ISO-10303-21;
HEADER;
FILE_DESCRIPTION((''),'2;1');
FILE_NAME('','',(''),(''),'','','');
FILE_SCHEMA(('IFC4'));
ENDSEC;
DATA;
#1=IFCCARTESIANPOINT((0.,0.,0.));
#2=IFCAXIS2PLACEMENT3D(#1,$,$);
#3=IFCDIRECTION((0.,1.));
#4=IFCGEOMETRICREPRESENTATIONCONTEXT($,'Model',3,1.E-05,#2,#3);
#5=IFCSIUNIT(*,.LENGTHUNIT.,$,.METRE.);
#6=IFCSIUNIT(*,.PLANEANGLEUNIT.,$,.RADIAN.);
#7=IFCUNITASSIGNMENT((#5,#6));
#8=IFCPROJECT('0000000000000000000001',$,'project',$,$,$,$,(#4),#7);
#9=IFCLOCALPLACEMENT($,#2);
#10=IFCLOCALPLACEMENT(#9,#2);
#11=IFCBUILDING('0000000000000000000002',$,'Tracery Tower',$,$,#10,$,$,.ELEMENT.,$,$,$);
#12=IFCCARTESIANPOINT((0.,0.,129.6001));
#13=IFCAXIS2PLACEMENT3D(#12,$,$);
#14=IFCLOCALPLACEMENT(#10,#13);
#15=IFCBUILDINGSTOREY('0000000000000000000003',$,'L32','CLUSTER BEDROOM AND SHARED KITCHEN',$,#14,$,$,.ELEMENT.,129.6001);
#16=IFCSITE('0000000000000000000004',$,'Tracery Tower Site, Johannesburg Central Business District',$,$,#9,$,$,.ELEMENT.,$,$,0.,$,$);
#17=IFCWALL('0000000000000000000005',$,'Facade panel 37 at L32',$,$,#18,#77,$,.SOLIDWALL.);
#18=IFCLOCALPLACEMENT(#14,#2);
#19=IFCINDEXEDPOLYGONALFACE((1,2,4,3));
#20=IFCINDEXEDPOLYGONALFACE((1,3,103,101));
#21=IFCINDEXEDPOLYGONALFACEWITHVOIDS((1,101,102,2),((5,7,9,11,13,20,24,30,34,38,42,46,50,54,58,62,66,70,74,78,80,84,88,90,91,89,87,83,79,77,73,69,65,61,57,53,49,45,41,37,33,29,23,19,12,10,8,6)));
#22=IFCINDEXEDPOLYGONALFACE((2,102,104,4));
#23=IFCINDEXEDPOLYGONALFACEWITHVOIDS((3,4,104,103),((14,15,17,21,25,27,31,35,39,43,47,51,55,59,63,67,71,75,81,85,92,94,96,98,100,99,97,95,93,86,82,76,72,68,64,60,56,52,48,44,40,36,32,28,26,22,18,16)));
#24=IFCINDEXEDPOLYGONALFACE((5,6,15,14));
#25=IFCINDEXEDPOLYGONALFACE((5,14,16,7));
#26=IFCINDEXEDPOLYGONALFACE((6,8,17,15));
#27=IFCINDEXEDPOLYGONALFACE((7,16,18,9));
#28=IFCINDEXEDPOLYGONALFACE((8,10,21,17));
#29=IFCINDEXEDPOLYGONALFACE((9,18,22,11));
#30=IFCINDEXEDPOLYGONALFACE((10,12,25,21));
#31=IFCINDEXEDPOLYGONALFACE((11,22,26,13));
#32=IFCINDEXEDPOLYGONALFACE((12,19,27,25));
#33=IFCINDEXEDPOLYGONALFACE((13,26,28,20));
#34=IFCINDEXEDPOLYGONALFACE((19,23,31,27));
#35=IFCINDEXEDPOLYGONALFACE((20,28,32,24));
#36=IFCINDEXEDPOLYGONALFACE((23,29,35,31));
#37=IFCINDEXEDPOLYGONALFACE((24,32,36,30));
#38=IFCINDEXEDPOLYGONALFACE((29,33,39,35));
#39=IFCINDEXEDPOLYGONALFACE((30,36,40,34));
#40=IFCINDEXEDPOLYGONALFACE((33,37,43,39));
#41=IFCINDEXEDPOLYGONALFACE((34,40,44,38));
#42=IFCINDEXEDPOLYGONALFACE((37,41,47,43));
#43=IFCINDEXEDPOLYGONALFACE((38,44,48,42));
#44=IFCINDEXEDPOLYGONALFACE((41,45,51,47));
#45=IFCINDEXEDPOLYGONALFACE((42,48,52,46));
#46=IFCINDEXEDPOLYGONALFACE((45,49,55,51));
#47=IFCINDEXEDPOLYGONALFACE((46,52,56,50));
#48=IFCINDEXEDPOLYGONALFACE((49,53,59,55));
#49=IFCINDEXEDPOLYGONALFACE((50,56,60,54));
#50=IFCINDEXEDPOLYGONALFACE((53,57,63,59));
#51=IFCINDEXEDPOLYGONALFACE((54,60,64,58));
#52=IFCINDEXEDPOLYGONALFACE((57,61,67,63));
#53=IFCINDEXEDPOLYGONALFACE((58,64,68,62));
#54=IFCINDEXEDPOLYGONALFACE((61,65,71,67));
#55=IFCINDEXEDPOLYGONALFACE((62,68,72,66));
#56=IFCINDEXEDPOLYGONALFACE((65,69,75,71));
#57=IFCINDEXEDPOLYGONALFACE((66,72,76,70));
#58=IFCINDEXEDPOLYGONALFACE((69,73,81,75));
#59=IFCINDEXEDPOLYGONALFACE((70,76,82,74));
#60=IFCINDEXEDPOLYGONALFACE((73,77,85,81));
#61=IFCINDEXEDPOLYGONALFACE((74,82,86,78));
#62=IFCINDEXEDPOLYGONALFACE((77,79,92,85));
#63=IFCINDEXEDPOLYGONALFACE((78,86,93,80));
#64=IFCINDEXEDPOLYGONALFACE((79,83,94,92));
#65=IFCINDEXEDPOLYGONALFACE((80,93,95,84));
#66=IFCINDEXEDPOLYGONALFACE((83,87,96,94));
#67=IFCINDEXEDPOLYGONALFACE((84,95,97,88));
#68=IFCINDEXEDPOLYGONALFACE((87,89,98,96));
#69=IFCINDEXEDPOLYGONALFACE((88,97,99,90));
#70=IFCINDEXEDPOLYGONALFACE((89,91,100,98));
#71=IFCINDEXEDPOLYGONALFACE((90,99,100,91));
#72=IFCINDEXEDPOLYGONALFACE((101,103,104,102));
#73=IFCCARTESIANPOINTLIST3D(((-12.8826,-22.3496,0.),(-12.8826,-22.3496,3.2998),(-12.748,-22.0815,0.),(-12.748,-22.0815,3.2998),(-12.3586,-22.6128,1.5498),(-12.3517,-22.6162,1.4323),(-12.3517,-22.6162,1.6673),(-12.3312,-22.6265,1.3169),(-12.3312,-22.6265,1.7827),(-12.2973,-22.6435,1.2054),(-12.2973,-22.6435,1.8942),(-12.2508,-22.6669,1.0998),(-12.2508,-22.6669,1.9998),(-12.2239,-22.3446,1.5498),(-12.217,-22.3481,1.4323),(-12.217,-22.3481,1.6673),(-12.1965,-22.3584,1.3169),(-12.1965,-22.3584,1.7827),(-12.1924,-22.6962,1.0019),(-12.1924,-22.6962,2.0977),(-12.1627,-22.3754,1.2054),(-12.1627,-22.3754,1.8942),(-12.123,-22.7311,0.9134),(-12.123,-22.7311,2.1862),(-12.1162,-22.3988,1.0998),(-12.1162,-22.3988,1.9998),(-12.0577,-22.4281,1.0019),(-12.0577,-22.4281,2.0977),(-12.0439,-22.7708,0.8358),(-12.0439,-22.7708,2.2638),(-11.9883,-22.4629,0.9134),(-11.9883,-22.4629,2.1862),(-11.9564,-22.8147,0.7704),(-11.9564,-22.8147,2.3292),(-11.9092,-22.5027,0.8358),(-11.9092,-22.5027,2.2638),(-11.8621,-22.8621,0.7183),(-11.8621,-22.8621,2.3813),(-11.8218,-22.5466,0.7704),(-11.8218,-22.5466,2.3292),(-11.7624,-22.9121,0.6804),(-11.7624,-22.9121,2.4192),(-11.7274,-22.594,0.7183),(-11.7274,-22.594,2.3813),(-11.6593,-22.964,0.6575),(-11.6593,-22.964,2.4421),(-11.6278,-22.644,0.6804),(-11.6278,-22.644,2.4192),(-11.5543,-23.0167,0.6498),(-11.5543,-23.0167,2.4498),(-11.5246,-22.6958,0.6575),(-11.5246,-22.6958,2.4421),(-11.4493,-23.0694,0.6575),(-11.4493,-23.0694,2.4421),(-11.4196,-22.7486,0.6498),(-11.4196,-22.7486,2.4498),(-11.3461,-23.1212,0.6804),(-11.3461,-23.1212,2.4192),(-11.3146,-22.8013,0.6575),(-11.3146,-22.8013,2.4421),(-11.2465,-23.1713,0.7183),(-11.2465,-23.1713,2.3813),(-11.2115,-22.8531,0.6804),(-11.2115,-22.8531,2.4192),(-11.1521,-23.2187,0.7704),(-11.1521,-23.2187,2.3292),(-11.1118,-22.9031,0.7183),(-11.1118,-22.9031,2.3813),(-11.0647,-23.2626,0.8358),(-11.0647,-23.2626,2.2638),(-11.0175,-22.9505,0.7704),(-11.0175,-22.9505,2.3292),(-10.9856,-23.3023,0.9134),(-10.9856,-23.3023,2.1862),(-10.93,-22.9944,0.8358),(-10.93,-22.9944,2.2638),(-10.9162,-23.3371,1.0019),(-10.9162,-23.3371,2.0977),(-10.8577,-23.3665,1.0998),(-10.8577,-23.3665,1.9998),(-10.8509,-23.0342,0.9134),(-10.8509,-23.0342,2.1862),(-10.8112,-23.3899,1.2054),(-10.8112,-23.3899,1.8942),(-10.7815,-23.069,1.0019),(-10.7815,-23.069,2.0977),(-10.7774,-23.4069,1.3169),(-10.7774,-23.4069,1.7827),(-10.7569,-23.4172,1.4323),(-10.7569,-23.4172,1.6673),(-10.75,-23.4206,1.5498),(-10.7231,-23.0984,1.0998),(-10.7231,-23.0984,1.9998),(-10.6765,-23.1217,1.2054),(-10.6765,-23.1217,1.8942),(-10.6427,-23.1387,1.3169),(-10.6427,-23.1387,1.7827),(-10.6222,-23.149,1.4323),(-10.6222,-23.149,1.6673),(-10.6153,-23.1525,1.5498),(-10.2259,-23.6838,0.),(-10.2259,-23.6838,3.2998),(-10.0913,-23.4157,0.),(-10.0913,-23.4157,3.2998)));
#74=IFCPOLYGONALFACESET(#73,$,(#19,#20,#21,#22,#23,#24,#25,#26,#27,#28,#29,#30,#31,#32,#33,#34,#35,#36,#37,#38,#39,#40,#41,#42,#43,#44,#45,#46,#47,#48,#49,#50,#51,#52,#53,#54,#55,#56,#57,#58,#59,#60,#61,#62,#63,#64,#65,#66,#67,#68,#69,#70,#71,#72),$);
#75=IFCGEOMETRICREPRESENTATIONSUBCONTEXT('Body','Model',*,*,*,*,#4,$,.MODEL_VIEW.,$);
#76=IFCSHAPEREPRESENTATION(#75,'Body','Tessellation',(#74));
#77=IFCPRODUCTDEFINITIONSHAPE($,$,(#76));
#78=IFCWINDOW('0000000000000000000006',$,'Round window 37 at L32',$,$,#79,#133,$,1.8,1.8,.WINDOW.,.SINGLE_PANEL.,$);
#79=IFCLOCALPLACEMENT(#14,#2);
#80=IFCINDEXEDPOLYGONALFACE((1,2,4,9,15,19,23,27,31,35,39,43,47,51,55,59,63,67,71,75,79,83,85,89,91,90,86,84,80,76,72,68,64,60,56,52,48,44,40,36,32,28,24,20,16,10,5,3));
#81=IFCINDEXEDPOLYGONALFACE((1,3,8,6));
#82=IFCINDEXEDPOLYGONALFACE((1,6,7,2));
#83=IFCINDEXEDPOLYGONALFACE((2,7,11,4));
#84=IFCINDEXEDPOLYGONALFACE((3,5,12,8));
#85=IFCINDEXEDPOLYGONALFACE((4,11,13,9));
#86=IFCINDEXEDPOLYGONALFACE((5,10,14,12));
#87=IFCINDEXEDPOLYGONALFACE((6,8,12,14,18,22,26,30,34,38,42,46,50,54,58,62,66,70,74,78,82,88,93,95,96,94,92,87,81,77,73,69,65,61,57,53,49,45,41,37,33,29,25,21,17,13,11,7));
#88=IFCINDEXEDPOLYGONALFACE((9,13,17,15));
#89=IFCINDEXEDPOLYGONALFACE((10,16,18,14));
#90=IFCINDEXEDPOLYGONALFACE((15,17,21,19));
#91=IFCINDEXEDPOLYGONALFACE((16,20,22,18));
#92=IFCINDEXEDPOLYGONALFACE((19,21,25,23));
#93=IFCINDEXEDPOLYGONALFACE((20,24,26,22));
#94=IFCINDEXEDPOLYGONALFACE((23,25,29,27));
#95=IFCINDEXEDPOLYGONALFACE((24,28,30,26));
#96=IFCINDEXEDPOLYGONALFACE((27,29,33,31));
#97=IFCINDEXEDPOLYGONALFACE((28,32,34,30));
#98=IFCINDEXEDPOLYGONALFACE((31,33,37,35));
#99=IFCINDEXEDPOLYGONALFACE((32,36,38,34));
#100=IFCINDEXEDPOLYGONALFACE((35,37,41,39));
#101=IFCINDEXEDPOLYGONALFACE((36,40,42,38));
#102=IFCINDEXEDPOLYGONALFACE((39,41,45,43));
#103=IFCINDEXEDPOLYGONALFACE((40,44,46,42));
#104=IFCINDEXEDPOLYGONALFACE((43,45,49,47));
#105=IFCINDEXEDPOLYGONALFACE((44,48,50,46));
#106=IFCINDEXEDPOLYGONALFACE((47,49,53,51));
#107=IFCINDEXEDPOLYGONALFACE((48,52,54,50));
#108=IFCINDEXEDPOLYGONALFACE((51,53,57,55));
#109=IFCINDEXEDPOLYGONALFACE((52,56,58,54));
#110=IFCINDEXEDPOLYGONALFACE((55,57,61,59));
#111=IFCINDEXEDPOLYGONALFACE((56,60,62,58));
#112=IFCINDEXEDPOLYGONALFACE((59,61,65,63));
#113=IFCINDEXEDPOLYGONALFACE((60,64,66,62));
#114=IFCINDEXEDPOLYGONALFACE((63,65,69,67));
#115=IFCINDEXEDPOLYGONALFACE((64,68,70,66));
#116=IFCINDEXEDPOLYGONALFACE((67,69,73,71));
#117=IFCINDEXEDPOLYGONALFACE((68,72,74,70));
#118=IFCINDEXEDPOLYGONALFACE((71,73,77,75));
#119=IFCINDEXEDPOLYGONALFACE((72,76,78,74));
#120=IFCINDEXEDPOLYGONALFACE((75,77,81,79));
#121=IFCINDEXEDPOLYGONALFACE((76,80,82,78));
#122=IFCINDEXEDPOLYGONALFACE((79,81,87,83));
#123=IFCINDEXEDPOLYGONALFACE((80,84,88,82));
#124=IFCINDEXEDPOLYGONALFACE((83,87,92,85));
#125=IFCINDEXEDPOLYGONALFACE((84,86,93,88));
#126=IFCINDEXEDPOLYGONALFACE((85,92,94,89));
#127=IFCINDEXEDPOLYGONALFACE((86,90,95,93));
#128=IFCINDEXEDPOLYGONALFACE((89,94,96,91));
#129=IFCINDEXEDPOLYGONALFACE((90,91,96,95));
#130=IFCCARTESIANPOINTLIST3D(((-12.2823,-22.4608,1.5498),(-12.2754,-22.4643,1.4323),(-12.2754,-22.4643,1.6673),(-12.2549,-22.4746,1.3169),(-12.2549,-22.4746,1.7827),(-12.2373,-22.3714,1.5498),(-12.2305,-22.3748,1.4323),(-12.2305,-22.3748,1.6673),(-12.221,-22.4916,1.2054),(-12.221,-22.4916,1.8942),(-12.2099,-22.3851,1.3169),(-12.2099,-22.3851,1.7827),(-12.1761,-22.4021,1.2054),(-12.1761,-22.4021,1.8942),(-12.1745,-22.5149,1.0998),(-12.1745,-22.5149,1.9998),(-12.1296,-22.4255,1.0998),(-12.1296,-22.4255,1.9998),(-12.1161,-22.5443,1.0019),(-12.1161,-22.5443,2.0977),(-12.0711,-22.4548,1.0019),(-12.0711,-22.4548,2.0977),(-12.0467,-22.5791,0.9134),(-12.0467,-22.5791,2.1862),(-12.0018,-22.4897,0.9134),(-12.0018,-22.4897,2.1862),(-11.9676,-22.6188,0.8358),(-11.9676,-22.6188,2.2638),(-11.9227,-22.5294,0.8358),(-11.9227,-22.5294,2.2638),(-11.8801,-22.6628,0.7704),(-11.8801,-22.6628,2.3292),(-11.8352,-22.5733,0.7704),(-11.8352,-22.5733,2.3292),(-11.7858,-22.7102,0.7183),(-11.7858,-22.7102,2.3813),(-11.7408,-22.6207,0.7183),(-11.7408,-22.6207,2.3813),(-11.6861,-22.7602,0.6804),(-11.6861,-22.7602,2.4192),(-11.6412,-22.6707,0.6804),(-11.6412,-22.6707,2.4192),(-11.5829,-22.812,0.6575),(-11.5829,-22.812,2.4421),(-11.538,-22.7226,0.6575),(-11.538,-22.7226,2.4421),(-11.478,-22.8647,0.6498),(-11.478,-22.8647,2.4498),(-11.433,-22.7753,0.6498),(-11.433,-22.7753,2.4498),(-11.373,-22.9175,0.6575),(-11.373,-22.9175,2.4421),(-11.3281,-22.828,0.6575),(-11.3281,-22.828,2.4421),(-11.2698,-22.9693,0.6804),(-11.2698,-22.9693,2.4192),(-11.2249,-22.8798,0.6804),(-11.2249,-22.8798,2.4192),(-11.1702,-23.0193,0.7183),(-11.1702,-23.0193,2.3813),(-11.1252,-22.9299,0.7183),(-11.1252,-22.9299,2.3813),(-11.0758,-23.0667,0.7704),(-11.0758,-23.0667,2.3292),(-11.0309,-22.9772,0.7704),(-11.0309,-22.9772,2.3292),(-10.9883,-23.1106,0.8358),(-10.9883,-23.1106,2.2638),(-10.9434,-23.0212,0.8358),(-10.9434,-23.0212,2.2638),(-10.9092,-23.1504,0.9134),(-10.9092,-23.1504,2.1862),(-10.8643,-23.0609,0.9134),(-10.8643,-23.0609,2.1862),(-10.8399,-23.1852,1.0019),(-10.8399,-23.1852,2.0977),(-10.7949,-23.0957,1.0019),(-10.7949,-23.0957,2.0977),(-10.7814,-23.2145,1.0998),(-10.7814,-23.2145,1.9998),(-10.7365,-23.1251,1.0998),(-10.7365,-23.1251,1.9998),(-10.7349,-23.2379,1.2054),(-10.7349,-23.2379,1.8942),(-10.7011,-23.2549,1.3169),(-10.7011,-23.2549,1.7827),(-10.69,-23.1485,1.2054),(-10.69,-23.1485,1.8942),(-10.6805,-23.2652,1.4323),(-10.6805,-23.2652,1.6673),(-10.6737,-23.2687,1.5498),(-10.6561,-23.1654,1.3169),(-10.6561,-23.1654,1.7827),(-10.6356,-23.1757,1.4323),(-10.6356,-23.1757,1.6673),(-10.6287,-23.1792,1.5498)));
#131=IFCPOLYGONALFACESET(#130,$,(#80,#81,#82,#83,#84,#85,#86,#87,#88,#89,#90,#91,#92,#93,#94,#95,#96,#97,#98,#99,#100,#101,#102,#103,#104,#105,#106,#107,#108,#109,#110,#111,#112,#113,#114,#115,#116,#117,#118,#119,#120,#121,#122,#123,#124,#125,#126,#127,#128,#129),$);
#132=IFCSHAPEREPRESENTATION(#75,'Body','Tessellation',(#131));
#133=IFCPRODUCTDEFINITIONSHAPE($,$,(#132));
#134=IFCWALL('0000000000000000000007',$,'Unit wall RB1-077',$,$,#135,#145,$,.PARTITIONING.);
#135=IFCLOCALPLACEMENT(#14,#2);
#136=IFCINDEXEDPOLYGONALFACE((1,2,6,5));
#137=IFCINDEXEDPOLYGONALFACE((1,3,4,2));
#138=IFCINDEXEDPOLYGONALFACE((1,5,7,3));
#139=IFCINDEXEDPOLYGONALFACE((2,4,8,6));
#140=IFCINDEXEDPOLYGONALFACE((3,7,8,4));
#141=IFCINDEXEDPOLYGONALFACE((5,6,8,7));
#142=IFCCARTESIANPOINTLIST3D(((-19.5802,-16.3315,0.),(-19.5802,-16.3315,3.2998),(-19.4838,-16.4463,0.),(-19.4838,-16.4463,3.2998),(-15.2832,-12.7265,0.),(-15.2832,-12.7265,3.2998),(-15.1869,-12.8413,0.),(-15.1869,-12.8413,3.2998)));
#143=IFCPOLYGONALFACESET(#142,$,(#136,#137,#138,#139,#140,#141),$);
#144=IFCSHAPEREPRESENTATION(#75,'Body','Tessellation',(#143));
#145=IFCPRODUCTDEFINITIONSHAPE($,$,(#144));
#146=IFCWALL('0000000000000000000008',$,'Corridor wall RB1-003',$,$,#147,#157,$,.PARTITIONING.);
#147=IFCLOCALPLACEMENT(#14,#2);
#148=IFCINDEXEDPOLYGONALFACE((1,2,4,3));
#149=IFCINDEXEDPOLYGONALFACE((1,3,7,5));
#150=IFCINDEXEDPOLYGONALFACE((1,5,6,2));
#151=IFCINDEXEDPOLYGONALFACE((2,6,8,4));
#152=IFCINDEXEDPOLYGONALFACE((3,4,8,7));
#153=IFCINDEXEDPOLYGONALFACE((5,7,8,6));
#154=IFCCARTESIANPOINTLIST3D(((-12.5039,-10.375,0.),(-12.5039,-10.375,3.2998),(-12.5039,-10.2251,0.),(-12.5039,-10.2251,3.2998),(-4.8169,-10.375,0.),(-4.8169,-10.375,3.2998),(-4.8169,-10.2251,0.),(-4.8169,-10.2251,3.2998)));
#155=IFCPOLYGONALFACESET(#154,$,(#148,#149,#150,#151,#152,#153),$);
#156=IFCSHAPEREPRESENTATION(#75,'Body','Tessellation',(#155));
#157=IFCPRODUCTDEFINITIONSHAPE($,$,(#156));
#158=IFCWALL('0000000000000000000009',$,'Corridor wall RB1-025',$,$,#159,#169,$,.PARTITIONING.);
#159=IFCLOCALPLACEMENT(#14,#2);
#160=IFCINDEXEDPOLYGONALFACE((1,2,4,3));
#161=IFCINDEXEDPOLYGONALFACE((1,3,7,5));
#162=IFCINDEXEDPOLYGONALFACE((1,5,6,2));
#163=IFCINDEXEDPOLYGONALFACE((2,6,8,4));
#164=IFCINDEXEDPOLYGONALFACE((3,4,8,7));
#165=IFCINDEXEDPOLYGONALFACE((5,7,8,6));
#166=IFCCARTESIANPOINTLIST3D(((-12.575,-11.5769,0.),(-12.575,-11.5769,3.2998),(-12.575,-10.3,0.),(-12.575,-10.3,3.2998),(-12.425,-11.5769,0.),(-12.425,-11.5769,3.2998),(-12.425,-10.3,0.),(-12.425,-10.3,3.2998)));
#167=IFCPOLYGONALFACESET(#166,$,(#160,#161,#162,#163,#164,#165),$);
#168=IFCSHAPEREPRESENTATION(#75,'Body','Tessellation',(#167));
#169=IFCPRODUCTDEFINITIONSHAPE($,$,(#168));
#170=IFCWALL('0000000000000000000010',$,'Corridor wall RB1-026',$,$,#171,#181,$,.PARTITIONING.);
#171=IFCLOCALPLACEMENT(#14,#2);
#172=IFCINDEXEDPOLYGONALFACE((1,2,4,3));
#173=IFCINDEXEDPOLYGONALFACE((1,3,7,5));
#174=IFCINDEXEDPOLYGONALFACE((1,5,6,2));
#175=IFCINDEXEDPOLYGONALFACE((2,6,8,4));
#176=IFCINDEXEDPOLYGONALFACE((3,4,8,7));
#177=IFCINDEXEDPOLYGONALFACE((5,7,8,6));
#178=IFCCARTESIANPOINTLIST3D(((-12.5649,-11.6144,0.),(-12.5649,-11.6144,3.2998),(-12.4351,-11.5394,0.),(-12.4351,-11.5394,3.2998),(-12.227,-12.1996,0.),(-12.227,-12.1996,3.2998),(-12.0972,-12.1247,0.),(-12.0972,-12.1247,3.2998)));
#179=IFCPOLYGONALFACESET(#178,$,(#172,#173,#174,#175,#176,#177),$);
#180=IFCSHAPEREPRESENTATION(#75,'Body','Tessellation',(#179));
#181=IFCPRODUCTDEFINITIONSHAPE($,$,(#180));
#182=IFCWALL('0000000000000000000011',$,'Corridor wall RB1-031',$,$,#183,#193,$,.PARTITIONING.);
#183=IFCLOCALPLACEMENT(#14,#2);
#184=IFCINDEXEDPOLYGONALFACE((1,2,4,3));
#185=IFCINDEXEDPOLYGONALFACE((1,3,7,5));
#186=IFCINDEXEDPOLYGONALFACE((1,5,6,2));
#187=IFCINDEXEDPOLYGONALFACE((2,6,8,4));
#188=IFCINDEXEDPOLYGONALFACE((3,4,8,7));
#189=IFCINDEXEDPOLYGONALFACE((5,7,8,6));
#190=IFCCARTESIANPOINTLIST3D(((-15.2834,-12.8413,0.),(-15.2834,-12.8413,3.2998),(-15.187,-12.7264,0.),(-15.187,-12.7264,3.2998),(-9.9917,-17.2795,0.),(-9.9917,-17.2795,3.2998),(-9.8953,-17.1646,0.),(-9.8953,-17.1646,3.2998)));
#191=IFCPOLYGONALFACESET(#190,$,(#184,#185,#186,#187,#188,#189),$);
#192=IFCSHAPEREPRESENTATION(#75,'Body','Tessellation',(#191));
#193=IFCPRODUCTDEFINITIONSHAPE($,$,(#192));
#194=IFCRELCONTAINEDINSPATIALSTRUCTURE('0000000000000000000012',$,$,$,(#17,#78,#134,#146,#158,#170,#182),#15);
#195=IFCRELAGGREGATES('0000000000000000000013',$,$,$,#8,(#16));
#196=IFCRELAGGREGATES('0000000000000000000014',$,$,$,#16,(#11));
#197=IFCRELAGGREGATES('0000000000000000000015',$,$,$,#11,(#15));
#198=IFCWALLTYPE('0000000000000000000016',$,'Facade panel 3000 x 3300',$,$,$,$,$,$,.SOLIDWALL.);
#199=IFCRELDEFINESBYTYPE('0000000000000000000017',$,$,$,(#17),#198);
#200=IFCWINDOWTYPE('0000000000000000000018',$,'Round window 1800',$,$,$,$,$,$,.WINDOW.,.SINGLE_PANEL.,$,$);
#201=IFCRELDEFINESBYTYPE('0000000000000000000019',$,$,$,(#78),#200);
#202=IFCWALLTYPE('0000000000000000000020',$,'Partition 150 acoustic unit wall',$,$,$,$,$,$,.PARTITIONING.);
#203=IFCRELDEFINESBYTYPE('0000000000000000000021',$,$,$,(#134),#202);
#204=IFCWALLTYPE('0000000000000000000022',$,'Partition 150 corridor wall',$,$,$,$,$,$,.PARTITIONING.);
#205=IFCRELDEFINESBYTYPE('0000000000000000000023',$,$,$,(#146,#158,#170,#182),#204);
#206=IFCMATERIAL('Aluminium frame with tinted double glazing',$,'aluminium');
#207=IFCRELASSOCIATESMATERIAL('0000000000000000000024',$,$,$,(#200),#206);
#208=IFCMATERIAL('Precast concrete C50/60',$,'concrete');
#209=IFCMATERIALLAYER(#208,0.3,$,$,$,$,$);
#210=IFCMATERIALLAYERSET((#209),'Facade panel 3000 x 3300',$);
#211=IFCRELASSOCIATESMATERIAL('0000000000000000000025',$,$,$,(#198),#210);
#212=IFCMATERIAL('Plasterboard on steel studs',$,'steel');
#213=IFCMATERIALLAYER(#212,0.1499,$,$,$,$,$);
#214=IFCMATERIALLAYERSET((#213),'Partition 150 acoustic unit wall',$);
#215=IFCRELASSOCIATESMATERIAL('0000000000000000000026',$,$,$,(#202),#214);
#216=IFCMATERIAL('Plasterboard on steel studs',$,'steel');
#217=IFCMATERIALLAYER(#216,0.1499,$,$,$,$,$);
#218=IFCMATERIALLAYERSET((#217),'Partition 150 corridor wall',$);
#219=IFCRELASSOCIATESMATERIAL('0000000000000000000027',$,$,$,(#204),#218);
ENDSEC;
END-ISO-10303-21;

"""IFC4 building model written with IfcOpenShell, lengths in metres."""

from ifc_helpers import new_model, si_unit, direction, frame, frame_2d, origin, origin_2d, place, context, subcontext, project, spatial, rectangle, circle, extrude, material, layer, layer_set, type_object, element, fill, save


model = new_model("IFC4")

# Units and contexts
model_context = context("Model", 3, precision=1e-05, world=origin(), true_north=direction((0.0, 1.0)))
body_context = subcontext(model_context, "Body", "Model", "MODEL_VIEW")
ifc_project = project(units=[si_unit("LENGTHUNIT", "METRE"), si_unit("PLANEANGLEUNIT", "RADIAN")], contexts=[model_context])

# Site, building, storey
site_placement = place(None, origin())
site = spatial("IfcSite", under=ifc_project, at=site_placement, Name="Tracery Tower Site, Johannesburg Central Business District", CompositionType="ELEMENT", RefElevation=0.0)
building_placement = place(site_placement, origin())
building = spatial("IfcBuilding", under=site, at=building_placement, Name="Tracery Tower", CompositionType="ELEMENT")
storey_placement = place(building_placement, frame((0.0, 0.0, 129.6001)))
storey = spatial("IfcBuildingStorey", under=building, at=storey_placement, Name="L32", Description="CLUSTER BEDROOM AND SHARED KITCHEN", CompositionType="ELEMENT", Elevation=129.6001)

# Wall, opening, window
ifc_material_1 = material(Name="Aluminium frame with tinted double glazing", Category="aluminium")
window_type = type_object("IfcWindowType", Name="Round window 1800", PartitioningType="SINGLE_PANEL", PredefinedType="WINDOW", material=ifc_material_1)
ifc_material_2 = material(Name="Precast concrete C50/60", Category="concrete")
ifc_layer_1 = layer(ifc_material_2, 0.3)
ifc_layer_set_1 = layer_set([ifc_layer_1], Name="Facade panel 3000 x 3300")
wall_type_1 = type_object("IfcWallType", Name="Facade panel 3000 x 3300", PredefinedType="SOLIDWALL", material=ifc_layer_set_1)
wall_1_placement = place(storey_placement, frame((-12.8152, -22.2156, 0.0), z_axis=(0.0, 0.0, 1.0), x_axis=(0.893637, -0.44879, 0.0)))
wall_1 = element("IfcWall", 1, at=wall_1_placement, inside=storey, type_object=wall_type_1, Name="Facade panel 37 at L32", PredefinedType="SOLIDWALL", context=body_context, shape_type="SweptSolid", body=[
    extrude(rectangle(XDim=2.9729, YDim=0.3, at=frame_2d((1.4863, 0.0))), origin(), (0.0, 0.0, 1.0), 3.2998),
])
opening_1_placement = place(wall_1_placement, frame((1.4863, 0.0, 1.5498)))
opening_1 = element("IfcOpeningElement", 2, at=opening_1_placement, cuts=wall_1, PredefinedType="OPENING", context=body_context, shape_type="SweptSolid", body=[
    extrude(circle(Radius=0.9, at=origin_2d()), frame((0.0, 0.1599, 0.0), z_axis=(0.0, -1.0, 0.0), x_axis=(1.0, 0.0, 0.0)), (0.0, 0.0, 1.0), 0.3201),
])
window_1_placement = place(opening_1_placement, origin())
window_1 = element("IfcWindow", 3, at=window_1_placement, inside=storey, type_object=window_type, Name="Round window 37 at L32", OverallHeight=1.8, OverallWidth=1.8, PartitioningType="SINGLE_PANEL", PredefinedType="WINDOW", context=body_context, shape_type="SweptSolid", body=[
    extrude(circle(Radius=0.9, at=origin_2d()), frame((0.0, 0.1201, 0.0), z_axis=(0.0, -1.0, 0.0), x_axis=(1.0, 0.0, 0.0)), (0.0, 0.0, 1.0), 0.1001),
])
fill(opening_1, window_1)

# Walls
ifc_material_3 = material(Name="Plasterboard on steel studs", Category="steel")
ifc_layer_2 = layer(ifc_material_3, 0.1499)
ifc_layer_set_2 = layer_set([ifc_layer_2], Name="Partition 150 acoustic unit wall")
wall_type_2 = type_object("IfcWallType", Name="Partition 150 acoustic unit wall", PredefinedType="PARTITIONING", material=ifc_layer_set_2)
wall_2_placement = place(storey_placement, frame((-19.532, -16.3889, 0.0), z_axis=(0.0, 0.0, 1.0), x_axis=(0.766091, 0.642733, 0.0)))
element("IfcWall", 4, at=wall_2_placement, inside=storey, type_object=wall_type_2, Name="Unit wall RB1-077", PredefinedType="PARTITIONING", context=body_context, shape_type="SweptSolid", body=[
    extrude(rectangle(XDim=5.6089, YDim=0.1499, at=frame_2d((2.8044, 0.0))), origin(), (0.0, 0.0, 1.0), 3.2998),
])
ifc_material_4 = material(Name="Plasterboard on steel studs", Category="steel")
ifc_layer_3 = layer(ifc_material_4, 0.1499)
ifc_layer_set_3 = layer_set([ifc_layer_3], Name="Partition 150 corridor wall")
wall_type_3 = type_object("IfcWallType", Name="Partition 150 corridor wall", PredefinedType="PARTITIONING", material=ifc_layer_set_3)
wall_3_placement = place(storey_placement, frame((-12.5039, -10.3, 0.0), z_axis=(0.0, 0.0, 1.0), x_axis=(1.0, 0.0, 0.0)))
element("IfcWall", 5, at=wall_3_placement, inside=storey, type_object=wall_type_3, Name="Corridor wall RB1-003", PredefinedType="PARTITIONING", context=body_context, shape_type="SweptSolid", body=[
    extrude(rectangle(XDim=7.687, YDim=0.1499, at=frame_2d((3.8435, 0.0))), origin(), (0.0, 0.0, 1.0), 3.2998),
])
wall_4_placement = place(storey_placement, frame((-12.5, -11.5769, 0.0), z_axis=(0.0, 0.0, 1.0), x_axis=(0.0, 1.0, 0.0)))
element("IfcWall", 6, at=wall_4_placement, inside=storey, type_object=wall_type_3, Name="Corridor wall RB1-025", PredefinedType="PARTITIONING", context=body_context, shape_type="SweptSolid", body=[
    extrude(rectangle(XDim=1.2769, YDim=0.1499, at=frame_2d((0.6384, 0.0))), origin(), (0.0, 0.0, 1.0), 3.2998),
])
wall_5_placement = place(storey_placement, frame((-12.5, -11.5769, 0.0), z_axis=(0.0, 0.0, 1.0), x_axis=(0.500025, -0.866011, 0.0)))
element("IfcWall", 7, at=wall_5_placement, inside=storey, type_object=wall_type_3, Name="Corridor wall RB1-026", PredefinedType="PARTITIONING", context=body_context, shape_type="SweptSolid", body=[
    extrude(rectangle(XDim=0.6758, YDim=0.1499, at=frame_2d((0.3379, 0.0))), origin(), (0.0, 0.0, 1.0), 3.2998),
])
wall_6_placement = place(storey_placement, frame((-15.2351, -12.7839, 0.0), z_axis=(0.0, 0.0, 1.0), x_axis=(0.766192, -0.642612, 0.0)))
element("IfcWall", 8, at=wall_6_placement, inside=storey, type_object=wall_type_3, Name="Corridor wall RB1-031", PredefinedType="PARTITIONING", context=body_context, shape_type="SweptSolid", body=[
    extrude(rectangle(XDim=6.9065, YDim=0.1499, at=frame_2d((3.4531, 0.0))), origin(), (0.0, 0.0, 1.0), 3.2998),
])

save(model, "model.ifc")
